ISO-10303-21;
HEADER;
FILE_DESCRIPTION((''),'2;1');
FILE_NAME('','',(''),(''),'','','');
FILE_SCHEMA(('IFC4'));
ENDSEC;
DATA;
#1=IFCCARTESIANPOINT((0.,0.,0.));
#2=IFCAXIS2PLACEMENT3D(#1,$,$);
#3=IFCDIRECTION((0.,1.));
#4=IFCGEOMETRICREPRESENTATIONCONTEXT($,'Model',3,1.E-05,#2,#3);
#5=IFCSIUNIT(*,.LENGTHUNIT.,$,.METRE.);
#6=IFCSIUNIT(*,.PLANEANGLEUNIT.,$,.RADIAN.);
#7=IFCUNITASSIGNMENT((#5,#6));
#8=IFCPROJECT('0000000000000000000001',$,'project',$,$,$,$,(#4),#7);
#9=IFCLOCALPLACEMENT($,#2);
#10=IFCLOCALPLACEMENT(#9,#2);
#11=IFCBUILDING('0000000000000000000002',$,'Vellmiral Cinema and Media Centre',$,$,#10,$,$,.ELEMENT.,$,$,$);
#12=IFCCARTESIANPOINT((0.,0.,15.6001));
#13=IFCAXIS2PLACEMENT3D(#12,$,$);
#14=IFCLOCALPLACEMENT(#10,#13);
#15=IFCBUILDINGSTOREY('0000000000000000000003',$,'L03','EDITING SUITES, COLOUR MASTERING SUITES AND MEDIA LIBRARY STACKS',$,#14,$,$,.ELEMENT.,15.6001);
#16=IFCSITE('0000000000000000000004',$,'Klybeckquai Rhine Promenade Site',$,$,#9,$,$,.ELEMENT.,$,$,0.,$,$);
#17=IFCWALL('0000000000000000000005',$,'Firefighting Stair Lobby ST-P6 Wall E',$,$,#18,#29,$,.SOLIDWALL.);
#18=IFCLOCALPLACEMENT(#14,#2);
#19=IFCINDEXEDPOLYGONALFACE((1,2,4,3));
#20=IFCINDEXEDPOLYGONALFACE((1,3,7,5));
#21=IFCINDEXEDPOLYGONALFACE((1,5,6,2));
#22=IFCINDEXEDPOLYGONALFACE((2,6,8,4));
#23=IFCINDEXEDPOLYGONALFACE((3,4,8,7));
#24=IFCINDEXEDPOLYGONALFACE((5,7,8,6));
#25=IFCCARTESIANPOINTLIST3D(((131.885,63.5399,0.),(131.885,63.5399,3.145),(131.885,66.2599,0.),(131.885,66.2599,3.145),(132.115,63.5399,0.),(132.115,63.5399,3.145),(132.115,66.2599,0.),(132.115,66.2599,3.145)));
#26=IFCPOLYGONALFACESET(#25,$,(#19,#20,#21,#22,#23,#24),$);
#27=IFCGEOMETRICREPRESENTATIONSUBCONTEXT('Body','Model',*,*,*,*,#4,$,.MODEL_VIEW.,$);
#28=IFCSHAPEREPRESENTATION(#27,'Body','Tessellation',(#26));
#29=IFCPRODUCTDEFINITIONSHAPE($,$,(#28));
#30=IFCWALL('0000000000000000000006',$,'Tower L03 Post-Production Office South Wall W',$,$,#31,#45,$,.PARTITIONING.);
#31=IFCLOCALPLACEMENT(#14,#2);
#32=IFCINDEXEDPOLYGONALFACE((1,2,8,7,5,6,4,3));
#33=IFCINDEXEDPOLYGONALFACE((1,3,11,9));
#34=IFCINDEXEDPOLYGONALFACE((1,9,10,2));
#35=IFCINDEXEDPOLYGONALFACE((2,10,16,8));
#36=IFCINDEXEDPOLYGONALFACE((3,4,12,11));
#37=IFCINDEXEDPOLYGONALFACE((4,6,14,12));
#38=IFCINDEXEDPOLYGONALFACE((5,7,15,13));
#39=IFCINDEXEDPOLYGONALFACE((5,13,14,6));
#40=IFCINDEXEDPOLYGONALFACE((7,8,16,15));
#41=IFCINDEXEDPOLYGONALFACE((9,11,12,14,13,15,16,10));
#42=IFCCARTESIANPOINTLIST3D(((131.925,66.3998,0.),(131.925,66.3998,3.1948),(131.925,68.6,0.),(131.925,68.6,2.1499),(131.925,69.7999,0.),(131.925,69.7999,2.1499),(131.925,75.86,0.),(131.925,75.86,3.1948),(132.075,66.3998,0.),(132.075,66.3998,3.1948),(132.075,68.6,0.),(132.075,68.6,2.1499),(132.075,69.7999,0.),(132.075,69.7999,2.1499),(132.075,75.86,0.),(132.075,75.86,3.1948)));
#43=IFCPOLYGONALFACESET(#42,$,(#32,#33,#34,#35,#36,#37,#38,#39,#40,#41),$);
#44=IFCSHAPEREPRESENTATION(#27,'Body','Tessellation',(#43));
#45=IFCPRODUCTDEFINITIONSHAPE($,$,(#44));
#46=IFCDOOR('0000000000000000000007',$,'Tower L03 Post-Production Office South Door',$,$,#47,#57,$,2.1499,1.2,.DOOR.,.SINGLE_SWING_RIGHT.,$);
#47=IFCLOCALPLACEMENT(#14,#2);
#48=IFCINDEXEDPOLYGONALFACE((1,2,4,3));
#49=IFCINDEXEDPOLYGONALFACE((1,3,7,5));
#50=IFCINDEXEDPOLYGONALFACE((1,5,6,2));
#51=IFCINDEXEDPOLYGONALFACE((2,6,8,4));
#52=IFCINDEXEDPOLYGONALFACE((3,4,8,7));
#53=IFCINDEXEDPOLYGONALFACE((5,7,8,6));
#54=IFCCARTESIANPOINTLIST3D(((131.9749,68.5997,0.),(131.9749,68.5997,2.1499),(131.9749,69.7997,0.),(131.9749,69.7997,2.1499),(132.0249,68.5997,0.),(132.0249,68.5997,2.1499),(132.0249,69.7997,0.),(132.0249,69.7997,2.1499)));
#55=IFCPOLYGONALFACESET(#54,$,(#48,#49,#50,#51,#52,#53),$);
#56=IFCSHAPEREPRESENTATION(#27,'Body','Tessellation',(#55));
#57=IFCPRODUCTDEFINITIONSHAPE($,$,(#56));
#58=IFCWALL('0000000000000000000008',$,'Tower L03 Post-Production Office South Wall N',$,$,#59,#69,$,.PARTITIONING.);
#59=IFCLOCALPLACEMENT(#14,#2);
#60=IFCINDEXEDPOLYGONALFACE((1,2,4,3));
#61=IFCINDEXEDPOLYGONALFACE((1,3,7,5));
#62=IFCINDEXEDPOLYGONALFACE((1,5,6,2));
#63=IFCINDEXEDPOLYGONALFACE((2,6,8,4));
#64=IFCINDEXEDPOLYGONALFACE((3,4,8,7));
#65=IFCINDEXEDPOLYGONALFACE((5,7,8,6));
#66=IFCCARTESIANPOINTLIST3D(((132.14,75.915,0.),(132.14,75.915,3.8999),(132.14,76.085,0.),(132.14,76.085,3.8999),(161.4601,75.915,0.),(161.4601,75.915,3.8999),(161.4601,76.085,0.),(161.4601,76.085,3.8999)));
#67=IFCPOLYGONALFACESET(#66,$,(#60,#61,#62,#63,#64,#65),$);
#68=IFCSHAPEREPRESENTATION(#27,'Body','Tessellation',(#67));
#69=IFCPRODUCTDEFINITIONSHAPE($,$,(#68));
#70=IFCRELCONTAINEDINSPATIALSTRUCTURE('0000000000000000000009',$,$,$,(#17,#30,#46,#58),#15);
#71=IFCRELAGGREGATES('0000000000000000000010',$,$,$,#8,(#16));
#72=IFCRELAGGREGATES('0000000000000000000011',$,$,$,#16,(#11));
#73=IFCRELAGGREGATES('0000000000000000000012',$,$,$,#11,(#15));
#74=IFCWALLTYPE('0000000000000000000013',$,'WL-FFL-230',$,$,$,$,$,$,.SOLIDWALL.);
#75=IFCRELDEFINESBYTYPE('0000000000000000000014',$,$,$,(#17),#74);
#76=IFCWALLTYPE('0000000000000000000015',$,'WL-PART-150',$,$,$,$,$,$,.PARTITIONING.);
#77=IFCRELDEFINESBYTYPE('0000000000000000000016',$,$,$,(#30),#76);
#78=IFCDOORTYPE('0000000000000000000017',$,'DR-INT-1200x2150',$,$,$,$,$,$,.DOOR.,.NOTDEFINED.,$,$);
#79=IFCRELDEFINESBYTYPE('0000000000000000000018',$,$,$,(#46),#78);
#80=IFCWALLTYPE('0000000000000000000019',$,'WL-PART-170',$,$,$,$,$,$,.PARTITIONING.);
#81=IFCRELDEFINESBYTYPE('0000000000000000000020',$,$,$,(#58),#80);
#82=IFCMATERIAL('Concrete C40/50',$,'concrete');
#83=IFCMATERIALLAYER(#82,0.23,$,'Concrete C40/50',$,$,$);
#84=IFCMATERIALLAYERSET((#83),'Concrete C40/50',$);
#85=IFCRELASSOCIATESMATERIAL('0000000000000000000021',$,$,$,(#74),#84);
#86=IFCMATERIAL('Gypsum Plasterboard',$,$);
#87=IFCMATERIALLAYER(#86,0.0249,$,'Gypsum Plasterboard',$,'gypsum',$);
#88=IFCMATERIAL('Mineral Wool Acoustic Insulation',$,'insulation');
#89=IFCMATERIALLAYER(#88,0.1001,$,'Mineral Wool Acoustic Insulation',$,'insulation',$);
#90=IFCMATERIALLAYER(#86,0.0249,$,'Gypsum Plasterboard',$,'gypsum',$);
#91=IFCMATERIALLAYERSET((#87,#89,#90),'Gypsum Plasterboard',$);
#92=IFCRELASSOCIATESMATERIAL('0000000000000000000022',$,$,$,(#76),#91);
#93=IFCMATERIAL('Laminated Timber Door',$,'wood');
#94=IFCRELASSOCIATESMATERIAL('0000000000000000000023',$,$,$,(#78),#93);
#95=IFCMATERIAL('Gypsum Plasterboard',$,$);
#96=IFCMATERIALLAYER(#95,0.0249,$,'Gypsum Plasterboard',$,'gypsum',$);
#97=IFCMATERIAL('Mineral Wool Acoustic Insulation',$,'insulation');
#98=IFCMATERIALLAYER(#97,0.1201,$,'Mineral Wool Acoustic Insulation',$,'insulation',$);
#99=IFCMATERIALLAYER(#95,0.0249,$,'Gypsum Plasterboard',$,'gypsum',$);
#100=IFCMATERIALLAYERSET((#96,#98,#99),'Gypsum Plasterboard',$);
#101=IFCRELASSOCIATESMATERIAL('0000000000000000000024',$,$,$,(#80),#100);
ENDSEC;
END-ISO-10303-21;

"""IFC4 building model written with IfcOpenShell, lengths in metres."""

from ifc_helpers import new_model, si_unit, direction, frame, frame_2d, origin, place, context, subcontext, project, spatial, rectangle, extrude, material, layer, layer_set, type_object, element, fill, save


model = new_model("IFC4")

# Units and contexts
model_context = context("Model", 3, precision=1e-05, world=origin(), true_north=direction((0.0, 1.0)))
body_context = subcontext(model_context, "Body", "Model", "MODEL_VIEW")
ifc_project = project(units=[si_unit("LENGTHUNIT", "METRE"), si_unit("PLANEANGLEUNIT", "RADIAN")], contexts=[model_context])

# Site, building, storey
site_placement = place(None, origin())
site = spatial("IfcSite", under=ifc_project, at=site_placement, Name="Klybeckquai Rhine Promenade Site", CompositionType="ELEMENT", RefElevation=0.0)
building_placement = place(site_placement, origin())
building = spatial("IfcBuilding", under=site, at=building_placement, Name="Vellmiral Cinema and Media Centre", CompositionType="ELEMENT")
storey_placement = place(building_placement, frame((0.0, 0.0, 15.6001)))
storey = spatial("IfcBuildingStorey", under=building, at=storey_placement, Name="L03", Description="EDITING SUITES, COLOUR MASTERING SUITES AND MEDIA LIBRARY STACKS", CompositionType="ELEMENT", Elevation=15.6001)

# Wall
ifc_material_1 = material(Name="Concrete C40/50", Category="concrete")
ifc_layer_1 = layer(ifc_material_1, 0.23, Name="Concrete C40/50")
ifc_layer_set_1 = layer_set([ifc_layer_1], Name="Concrete C40/50")
wall_type_1 = type_object("IfcWallType", Name="WL-FFL-230", PredefinedType="SOLIDWALL", material=ifc_layer_set_1)
wall_1_placement = place(storey_placement, frame((132.0, 63.54, 0.0), z_axis=(0.0, 0.0, 1.0), x_axis=(0.0, 1.0, 0.0)))
element("IfcWall", 1, at=wall_1_placement, inside=storey, type_object=wall_type_1, Name="Firefighting Stair Lobby ST-P6 Wall E", PredefinedType="SOLIDWALL", context=body_context, shape_type="SweptSolid", body=[
    extrude(rectangle(XDim=2.72, YDim=0.23, at=frame_2d((1.3599, 0.0))), origin(), (0.0, 0.0, 1.0), 3.145),
])

# Wall, opening, door
ifc_material_2 = material(Name="Gypsum Plasterboard")
ifc_layer_2 = layer(ifc_material_2, 0.0249, Name="Gypsum Plasterboard", Category="gypsum")
ifc_material_3 = material(Name="Mineral Wool Acoustic Insulation", Category="insulation")
ifc_layer_3 = layer(ifc_material_3, 0.1001, Name="Mineral Wool Acoustic Insulation", Category="insulation")
ifc_layer_4 = layer(ifc_material_2, 0.0249, Name="Gypsum Plasterboard", Category="gypsum")
ifc_layer_set_2 = layer_set([ifc_layer_2, ifc_layer_3, ifc_layer_4], Name="Gypsum Plasterboard")
wall_type_2 = type_object("IfcWallType", Name="WL-PART-150", PredefinedType="PARTITIONING", material=ifc_layer_set_2)
wall_2_placement = place(storey_placement, frame((132.0, 66.3999, 0.0), z_axis=(0.0, 0.0, 1.0), x_axis=(0.0, 1.0, 0.0)))
wall_2 = element("IfcWall", 2, at=wall_2_placement, inside=storey, type_object=wall_type_2, Name="Tower L03 Post-Production Office South Wall W", PredefinedType="PARTITIONING", context=body_context, shape_type="SweptSolid", body=[
    extrude(rectangle(XDim=9.4602, YDim=0.1499, at=frame_2d((4.73, 0.0))), origin(), (0.0, 0.0, 1.0), 3.1948),
])
opening_1_placement = place(wall_2_placement, frame((2.2, 0.0, 0.0)))
opening_1 = element("IfcOpeningElement", 3, at=opening_1_placement, cuts=wall_2, PredefinedType="OPENING", context=body_context, shape_type="SweptSolid", body=[
    extrude(rectangle(XDim=1.2, YDim=2.1499, at=frame_2d((0.6001, 1.075))), frame((0.0, 0.0869, 0.0), z_axis=(0.0, -1.0, 0.0), x_axis=(1.0, 0.0, 0.0)), (0.0, 0.0, 1.0), 0.1738),
])
ifc_material_4 = material(Name="Laminated Timber Door", Category="wood")
door_type_1 = type_object("IfcDoorType", Name="DR-INT-1200x2150", OperationType="NOTDEFINED", PredefinedType="DOOR", material=ifc_material_4)
door_1_placement = place(opening_1_placement, frame((1.2, 0.0, 0.0), z_axis=(0.0, 0.0, 1.0), x_axis=(-1.0, 0.0, 0.0)))
door_1 = element("IfcDoor", 4, at=door_1_placement, inside=storey, type_object=door_type_1, Name="Tower L03 Post-Production Office South Door", OperationType="SINGLE_SWING_RIGHT", OverallHeight=2.1499, OverallWidth=1.2, PredefinedType="DOOR", context=body_context, shape_type="SweptSolid", body=[
    extrude(rectangle(XDim=1.2, YDim=2.1499, at=frame_2d((0.6001, 1.075))), frame((0.0, 0.0249, 0.0), z_axis=(0.0, -1.0, 0.0), x_axis=(1.0, 0.0, 0.0)), (0.0, 0.0, 1.0), 0.05),
])
fill(opening_1, door_1)
ifc_material_5 = material(Name="Gypsum Plasterboard")
ifc_layer_5 = layer(ifc_material_5, 0.0249, Name="Gypsum Plasterboard", Category="gypsum")
ifc_material_6 = material(Name="Mineral Wool Acoustic Insulation", Category="insulation")
ifc_layer_6 = layer(ifc_material_6, 0.1201, Name="Mineral Wool Acoustic Insulation", Category="insulation")
ifc_layer_7 = layer(ifc_material_5, 0.0249, Name="Gypsum Plasterboard", Category="gypsum")
ifc_layer_set_3 = layer_set([ifc_layer_5, ifc_layer_6, ifc_layer_7], Name="Gypsum Plasterboard")
wall_type_3 = type_object("IfcWallType", Name="WL-PART-170", PredefinedType="PARTITIONING", material=ifc_layer_set_3)

# Wall
wall_3_placement = place(storey_placement, frame((132.1399, 76.0, 0.0), z_axis=(0.0, 0.0, 1.0), x_axis=(1.0, 0.0, 0.0)))
element("IfcWall", 5, at=wall_3_placement, inside=storey, type_object=wall_type_3, Name="Tower L03 Post-Production Office South Wall N", PredefinedType="PARTITIONING", context=body_context, shape_type="SweptSolid", body=[
    extrude(rectangle(XDim=29.3201, YDim=0.1699, at=frame_2d((14.6602, 0.0))), origin(), (0.0, 0.0, 1.0), 3.8999),
])

save(model, "model.ifc")
